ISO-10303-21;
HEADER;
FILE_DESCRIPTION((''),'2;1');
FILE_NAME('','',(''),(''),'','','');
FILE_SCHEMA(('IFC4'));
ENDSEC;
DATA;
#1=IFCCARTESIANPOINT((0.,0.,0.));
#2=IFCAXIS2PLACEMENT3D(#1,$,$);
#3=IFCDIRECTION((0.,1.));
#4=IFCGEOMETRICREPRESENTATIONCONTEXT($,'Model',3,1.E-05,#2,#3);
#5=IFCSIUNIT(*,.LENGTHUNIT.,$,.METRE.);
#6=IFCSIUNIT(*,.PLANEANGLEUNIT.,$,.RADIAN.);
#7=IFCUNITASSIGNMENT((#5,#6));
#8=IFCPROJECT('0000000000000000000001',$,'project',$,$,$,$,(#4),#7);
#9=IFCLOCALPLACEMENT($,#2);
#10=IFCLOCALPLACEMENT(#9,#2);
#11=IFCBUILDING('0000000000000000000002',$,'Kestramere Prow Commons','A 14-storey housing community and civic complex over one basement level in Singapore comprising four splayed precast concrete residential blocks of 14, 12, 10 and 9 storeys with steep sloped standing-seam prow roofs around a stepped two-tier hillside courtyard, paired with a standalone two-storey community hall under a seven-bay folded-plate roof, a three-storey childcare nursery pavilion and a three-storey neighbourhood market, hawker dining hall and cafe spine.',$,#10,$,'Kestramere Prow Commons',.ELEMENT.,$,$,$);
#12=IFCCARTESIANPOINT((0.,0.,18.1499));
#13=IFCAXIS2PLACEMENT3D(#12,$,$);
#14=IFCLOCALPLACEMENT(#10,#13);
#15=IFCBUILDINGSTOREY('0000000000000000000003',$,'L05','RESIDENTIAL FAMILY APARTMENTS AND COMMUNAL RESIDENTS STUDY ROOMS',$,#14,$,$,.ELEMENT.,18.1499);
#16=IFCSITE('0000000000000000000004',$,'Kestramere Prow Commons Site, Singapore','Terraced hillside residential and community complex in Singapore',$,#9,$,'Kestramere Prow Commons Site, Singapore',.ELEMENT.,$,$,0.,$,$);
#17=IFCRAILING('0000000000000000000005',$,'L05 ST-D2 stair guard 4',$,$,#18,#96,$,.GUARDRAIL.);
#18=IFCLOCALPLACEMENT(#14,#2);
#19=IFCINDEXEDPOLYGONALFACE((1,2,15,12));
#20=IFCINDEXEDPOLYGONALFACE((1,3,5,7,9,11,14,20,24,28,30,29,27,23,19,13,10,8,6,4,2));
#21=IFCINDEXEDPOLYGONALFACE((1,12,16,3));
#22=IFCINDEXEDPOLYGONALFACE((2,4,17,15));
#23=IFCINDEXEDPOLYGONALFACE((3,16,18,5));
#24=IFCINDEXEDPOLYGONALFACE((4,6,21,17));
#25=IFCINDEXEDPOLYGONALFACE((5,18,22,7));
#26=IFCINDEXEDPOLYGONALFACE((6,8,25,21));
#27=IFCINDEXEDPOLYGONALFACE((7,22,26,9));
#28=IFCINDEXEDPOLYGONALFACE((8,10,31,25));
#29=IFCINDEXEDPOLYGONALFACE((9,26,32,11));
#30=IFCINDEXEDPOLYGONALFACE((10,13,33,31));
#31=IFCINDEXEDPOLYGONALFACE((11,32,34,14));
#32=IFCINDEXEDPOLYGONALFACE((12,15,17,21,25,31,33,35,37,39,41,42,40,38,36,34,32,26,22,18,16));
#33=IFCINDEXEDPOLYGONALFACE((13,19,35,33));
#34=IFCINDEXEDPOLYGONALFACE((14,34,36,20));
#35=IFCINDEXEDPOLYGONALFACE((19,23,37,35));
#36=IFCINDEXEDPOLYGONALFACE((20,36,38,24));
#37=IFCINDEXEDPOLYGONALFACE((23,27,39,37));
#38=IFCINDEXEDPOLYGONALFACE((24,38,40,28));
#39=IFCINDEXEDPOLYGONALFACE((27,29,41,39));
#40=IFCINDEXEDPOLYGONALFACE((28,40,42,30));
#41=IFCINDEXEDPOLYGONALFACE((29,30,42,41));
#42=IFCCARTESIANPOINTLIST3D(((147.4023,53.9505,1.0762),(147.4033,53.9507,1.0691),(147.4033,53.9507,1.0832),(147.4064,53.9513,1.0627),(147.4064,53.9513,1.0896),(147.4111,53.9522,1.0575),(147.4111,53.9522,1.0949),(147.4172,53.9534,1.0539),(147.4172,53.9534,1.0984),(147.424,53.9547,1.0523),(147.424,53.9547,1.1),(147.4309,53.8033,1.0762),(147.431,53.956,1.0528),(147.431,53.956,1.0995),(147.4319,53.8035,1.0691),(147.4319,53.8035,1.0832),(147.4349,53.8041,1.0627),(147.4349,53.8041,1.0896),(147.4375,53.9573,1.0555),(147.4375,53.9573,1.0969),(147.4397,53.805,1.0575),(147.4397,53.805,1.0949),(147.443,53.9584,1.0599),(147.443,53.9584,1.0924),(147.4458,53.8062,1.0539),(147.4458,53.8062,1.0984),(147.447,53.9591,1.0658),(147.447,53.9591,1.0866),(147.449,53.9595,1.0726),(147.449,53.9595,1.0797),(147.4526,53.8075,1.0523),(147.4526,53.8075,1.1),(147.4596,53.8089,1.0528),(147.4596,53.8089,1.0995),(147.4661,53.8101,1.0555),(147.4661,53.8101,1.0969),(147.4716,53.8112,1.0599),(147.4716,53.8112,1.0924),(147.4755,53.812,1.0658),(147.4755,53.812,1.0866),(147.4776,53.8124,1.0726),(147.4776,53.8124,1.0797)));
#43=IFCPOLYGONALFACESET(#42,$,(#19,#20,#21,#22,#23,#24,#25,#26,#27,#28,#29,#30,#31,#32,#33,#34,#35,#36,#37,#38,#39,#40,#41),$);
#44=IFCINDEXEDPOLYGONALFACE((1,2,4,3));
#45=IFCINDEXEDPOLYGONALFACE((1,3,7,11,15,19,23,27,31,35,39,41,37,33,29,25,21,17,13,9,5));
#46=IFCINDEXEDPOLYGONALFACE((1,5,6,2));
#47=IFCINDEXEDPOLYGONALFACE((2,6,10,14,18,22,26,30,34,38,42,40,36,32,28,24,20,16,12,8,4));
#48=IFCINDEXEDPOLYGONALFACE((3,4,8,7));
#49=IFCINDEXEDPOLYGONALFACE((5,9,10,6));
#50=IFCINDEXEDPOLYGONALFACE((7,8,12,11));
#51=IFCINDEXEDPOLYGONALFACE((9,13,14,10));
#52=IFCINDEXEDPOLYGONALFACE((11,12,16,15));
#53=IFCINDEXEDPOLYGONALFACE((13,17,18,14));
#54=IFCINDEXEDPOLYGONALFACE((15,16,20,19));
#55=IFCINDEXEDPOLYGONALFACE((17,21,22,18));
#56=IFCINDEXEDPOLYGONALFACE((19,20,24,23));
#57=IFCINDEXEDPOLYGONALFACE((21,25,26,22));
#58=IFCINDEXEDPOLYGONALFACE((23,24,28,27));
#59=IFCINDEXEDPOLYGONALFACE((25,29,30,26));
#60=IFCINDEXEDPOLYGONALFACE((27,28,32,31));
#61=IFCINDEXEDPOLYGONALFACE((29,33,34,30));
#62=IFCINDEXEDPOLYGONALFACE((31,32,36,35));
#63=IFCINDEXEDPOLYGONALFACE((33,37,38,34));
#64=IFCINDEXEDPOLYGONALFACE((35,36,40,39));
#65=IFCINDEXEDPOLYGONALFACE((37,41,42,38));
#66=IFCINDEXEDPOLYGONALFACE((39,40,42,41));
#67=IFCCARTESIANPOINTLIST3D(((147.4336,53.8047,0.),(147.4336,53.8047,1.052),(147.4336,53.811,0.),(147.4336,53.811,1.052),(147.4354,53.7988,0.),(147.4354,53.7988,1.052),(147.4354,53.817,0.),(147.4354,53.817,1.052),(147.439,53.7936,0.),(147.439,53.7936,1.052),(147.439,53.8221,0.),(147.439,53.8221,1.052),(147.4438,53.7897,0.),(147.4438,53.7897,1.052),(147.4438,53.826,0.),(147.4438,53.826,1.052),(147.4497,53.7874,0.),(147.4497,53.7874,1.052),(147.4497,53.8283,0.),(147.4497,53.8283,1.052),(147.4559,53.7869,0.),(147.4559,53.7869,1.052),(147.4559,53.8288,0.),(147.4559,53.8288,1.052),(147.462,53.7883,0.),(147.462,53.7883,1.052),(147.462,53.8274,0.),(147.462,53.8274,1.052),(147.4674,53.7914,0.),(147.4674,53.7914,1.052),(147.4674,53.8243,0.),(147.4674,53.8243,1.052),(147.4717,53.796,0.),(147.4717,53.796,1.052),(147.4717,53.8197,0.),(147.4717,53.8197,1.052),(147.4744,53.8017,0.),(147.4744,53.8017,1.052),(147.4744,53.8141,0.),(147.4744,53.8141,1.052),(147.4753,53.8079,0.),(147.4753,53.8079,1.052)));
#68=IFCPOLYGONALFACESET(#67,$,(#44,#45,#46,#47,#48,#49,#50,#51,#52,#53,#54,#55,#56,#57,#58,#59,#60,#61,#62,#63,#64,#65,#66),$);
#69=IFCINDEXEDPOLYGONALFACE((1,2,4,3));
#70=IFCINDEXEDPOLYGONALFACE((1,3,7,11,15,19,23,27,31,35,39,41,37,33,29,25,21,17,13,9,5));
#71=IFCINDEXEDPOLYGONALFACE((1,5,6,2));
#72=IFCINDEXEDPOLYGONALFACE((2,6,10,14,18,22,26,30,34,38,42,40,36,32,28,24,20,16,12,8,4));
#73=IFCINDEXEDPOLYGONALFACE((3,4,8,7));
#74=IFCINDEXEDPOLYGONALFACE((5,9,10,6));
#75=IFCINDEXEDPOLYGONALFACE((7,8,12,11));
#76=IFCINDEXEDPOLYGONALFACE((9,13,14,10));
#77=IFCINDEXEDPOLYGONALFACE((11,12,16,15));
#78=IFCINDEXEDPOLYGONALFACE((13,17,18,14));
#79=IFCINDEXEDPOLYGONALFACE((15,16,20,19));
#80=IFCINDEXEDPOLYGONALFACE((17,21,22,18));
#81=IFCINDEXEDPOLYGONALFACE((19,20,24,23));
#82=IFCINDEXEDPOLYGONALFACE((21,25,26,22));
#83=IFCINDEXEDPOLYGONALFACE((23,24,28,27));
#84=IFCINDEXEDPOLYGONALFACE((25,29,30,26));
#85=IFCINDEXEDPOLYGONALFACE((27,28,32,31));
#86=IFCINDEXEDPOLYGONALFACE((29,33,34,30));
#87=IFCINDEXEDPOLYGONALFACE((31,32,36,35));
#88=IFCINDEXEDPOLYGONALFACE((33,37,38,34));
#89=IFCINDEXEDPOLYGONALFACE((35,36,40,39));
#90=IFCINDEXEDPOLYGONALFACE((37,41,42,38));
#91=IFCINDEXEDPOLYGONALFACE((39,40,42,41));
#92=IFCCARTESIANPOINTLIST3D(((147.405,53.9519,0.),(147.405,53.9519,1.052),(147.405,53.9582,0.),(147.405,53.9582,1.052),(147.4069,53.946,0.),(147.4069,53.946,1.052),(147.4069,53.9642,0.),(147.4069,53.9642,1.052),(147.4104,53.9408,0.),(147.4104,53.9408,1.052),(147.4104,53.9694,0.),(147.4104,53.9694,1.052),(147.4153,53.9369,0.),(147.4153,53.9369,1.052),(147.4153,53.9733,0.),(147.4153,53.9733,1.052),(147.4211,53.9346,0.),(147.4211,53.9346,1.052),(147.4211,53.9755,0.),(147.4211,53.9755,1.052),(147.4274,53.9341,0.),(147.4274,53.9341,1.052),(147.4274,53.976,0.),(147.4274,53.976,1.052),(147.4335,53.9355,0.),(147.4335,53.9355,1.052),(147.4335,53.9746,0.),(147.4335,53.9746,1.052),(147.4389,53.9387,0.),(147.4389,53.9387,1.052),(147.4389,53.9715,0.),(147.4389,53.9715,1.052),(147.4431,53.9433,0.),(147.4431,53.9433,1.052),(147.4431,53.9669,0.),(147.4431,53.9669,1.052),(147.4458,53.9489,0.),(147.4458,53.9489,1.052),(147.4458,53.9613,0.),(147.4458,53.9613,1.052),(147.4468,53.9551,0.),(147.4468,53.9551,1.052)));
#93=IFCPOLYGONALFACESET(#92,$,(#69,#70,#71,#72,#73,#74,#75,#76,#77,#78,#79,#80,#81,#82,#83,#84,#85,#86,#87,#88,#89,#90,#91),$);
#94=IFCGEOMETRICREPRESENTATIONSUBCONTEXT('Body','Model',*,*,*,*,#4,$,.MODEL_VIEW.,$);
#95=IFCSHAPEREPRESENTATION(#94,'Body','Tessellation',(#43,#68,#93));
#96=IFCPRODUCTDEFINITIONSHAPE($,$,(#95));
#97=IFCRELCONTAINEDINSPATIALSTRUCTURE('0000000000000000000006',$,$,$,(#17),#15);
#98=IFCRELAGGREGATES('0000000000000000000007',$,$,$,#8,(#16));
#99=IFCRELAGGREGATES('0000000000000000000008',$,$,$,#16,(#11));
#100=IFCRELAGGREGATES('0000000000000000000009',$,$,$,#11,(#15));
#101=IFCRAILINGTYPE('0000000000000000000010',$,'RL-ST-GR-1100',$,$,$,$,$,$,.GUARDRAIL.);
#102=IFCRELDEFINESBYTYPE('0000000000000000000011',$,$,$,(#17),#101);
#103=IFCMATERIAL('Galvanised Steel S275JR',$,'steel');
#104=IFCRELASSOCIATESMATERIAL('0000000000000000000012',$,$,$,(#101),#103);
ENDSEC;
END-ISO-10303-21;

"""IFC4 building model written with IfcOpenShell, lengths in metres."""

from ifc_helpers import new_model, si_unit, direction, frame, origin, origin_2d, place, context, subcontext, project, spatial, circle, extrude, material, type_object, element, save


model = new_model("IFC4")

# Units and contexts
model_context = context("Model", 3, precision=1e-05, world=origin(), true_north=direction((0.0, 1.0)))
body_context = subcontext(model_context, "Body", "Model", "MODEL_VIEW")
ifc_project = project(units=[si_unit("LENGTHUNIT", "METRE"), si_unit("PLANEANGLEUNIT", "RADIAN")], contexts=[model_context])

# Site, building, storey
site_placement = place(None, origin())
site = spatial("IfcSite", under=ifc_project, at=site_placement, Name="Kestramere Prow Commons Site, Singapore", Description="Terraced hillside residential and community complex in Singapore", LongName="Kestramere Prow Commons Site, Singapore", CompositionType="ELEMENT", RefElevation=0.0)
building_placement = place(site_placement, origin())
building = spatial("IfcBuilding", under=site, at=building_placement, Name="Kestramere Prow Commons", Description="A 14-storey housing community and civic complex over one basement level in Singapore comprising four splayed precast concrete residential blocks of 14, 12, 10 and 9 storeys with steep sloped standing-seam prow roofs around a stepped two-tier hillside courtyard, paired with a standalone two-storey community hall under a seven-bay folded-plate roof, a three-storey childcare nursery pavilion and a three-storey neighbourhood market, hawker dining hall and cafe spine.", LongName="Kestramere Prow Commons", CompositionType="ELEMENT")
storey_placement = place(building_placement, frame((0.0, 0.0, 18.1499)))
storey = spatial("IfcBuildingStorey", under=building, at=storey_placement, Name="L05", Description="RESIDENTIAL FAMILY APARTMENTS AND COMMUNAL RESIDENTS STUDY ROOMS", CompositionType="ELEMENT", Elevation=18.1499)

# Railing
ifc_material_1 = material(Name="Galvanised Steel S275JR", Category="steel")
railing_type_1 = type_object("IfcRailingType", Name="RL-ST-GR-1100", PredefinedType="GUARDRAIL", material=ifc_material_1)
railing_1_placement = place(storey_placement, frame((147.4543, 53.8079, 0.0)))
element("IfcRailing", 1, at=railing_1_placement, inside=storey, type_object=railing_type_1, Name="L05 ST-D2 stair guard 4", PredefinedType="GUARDRAIL", context=body_context, shape_type="SweptSolid", body=[
    extrude(circle(Radius=0.0239, at=origin_2d()), frame((0.0, 0.0, 1.0762), z_axis=(-0.190477, 0.981692, 0.0), x_axis=(-0.981692, -0.190477, 0.0)), (0.0, 0.0, 1.0), 0.1499),
    extrude(circle(Radius=0.021, at=origin_2d()), origin(), (0.0, 0.0, 1.0), 1.052),
    extrude(circle(Radius=0.021, at=origin_2d()), frame((-0.0286, 0.1472, 0.0)), (0.0, 0.0, 1.0), 1.052),
])

save(model, "model.ifc")
